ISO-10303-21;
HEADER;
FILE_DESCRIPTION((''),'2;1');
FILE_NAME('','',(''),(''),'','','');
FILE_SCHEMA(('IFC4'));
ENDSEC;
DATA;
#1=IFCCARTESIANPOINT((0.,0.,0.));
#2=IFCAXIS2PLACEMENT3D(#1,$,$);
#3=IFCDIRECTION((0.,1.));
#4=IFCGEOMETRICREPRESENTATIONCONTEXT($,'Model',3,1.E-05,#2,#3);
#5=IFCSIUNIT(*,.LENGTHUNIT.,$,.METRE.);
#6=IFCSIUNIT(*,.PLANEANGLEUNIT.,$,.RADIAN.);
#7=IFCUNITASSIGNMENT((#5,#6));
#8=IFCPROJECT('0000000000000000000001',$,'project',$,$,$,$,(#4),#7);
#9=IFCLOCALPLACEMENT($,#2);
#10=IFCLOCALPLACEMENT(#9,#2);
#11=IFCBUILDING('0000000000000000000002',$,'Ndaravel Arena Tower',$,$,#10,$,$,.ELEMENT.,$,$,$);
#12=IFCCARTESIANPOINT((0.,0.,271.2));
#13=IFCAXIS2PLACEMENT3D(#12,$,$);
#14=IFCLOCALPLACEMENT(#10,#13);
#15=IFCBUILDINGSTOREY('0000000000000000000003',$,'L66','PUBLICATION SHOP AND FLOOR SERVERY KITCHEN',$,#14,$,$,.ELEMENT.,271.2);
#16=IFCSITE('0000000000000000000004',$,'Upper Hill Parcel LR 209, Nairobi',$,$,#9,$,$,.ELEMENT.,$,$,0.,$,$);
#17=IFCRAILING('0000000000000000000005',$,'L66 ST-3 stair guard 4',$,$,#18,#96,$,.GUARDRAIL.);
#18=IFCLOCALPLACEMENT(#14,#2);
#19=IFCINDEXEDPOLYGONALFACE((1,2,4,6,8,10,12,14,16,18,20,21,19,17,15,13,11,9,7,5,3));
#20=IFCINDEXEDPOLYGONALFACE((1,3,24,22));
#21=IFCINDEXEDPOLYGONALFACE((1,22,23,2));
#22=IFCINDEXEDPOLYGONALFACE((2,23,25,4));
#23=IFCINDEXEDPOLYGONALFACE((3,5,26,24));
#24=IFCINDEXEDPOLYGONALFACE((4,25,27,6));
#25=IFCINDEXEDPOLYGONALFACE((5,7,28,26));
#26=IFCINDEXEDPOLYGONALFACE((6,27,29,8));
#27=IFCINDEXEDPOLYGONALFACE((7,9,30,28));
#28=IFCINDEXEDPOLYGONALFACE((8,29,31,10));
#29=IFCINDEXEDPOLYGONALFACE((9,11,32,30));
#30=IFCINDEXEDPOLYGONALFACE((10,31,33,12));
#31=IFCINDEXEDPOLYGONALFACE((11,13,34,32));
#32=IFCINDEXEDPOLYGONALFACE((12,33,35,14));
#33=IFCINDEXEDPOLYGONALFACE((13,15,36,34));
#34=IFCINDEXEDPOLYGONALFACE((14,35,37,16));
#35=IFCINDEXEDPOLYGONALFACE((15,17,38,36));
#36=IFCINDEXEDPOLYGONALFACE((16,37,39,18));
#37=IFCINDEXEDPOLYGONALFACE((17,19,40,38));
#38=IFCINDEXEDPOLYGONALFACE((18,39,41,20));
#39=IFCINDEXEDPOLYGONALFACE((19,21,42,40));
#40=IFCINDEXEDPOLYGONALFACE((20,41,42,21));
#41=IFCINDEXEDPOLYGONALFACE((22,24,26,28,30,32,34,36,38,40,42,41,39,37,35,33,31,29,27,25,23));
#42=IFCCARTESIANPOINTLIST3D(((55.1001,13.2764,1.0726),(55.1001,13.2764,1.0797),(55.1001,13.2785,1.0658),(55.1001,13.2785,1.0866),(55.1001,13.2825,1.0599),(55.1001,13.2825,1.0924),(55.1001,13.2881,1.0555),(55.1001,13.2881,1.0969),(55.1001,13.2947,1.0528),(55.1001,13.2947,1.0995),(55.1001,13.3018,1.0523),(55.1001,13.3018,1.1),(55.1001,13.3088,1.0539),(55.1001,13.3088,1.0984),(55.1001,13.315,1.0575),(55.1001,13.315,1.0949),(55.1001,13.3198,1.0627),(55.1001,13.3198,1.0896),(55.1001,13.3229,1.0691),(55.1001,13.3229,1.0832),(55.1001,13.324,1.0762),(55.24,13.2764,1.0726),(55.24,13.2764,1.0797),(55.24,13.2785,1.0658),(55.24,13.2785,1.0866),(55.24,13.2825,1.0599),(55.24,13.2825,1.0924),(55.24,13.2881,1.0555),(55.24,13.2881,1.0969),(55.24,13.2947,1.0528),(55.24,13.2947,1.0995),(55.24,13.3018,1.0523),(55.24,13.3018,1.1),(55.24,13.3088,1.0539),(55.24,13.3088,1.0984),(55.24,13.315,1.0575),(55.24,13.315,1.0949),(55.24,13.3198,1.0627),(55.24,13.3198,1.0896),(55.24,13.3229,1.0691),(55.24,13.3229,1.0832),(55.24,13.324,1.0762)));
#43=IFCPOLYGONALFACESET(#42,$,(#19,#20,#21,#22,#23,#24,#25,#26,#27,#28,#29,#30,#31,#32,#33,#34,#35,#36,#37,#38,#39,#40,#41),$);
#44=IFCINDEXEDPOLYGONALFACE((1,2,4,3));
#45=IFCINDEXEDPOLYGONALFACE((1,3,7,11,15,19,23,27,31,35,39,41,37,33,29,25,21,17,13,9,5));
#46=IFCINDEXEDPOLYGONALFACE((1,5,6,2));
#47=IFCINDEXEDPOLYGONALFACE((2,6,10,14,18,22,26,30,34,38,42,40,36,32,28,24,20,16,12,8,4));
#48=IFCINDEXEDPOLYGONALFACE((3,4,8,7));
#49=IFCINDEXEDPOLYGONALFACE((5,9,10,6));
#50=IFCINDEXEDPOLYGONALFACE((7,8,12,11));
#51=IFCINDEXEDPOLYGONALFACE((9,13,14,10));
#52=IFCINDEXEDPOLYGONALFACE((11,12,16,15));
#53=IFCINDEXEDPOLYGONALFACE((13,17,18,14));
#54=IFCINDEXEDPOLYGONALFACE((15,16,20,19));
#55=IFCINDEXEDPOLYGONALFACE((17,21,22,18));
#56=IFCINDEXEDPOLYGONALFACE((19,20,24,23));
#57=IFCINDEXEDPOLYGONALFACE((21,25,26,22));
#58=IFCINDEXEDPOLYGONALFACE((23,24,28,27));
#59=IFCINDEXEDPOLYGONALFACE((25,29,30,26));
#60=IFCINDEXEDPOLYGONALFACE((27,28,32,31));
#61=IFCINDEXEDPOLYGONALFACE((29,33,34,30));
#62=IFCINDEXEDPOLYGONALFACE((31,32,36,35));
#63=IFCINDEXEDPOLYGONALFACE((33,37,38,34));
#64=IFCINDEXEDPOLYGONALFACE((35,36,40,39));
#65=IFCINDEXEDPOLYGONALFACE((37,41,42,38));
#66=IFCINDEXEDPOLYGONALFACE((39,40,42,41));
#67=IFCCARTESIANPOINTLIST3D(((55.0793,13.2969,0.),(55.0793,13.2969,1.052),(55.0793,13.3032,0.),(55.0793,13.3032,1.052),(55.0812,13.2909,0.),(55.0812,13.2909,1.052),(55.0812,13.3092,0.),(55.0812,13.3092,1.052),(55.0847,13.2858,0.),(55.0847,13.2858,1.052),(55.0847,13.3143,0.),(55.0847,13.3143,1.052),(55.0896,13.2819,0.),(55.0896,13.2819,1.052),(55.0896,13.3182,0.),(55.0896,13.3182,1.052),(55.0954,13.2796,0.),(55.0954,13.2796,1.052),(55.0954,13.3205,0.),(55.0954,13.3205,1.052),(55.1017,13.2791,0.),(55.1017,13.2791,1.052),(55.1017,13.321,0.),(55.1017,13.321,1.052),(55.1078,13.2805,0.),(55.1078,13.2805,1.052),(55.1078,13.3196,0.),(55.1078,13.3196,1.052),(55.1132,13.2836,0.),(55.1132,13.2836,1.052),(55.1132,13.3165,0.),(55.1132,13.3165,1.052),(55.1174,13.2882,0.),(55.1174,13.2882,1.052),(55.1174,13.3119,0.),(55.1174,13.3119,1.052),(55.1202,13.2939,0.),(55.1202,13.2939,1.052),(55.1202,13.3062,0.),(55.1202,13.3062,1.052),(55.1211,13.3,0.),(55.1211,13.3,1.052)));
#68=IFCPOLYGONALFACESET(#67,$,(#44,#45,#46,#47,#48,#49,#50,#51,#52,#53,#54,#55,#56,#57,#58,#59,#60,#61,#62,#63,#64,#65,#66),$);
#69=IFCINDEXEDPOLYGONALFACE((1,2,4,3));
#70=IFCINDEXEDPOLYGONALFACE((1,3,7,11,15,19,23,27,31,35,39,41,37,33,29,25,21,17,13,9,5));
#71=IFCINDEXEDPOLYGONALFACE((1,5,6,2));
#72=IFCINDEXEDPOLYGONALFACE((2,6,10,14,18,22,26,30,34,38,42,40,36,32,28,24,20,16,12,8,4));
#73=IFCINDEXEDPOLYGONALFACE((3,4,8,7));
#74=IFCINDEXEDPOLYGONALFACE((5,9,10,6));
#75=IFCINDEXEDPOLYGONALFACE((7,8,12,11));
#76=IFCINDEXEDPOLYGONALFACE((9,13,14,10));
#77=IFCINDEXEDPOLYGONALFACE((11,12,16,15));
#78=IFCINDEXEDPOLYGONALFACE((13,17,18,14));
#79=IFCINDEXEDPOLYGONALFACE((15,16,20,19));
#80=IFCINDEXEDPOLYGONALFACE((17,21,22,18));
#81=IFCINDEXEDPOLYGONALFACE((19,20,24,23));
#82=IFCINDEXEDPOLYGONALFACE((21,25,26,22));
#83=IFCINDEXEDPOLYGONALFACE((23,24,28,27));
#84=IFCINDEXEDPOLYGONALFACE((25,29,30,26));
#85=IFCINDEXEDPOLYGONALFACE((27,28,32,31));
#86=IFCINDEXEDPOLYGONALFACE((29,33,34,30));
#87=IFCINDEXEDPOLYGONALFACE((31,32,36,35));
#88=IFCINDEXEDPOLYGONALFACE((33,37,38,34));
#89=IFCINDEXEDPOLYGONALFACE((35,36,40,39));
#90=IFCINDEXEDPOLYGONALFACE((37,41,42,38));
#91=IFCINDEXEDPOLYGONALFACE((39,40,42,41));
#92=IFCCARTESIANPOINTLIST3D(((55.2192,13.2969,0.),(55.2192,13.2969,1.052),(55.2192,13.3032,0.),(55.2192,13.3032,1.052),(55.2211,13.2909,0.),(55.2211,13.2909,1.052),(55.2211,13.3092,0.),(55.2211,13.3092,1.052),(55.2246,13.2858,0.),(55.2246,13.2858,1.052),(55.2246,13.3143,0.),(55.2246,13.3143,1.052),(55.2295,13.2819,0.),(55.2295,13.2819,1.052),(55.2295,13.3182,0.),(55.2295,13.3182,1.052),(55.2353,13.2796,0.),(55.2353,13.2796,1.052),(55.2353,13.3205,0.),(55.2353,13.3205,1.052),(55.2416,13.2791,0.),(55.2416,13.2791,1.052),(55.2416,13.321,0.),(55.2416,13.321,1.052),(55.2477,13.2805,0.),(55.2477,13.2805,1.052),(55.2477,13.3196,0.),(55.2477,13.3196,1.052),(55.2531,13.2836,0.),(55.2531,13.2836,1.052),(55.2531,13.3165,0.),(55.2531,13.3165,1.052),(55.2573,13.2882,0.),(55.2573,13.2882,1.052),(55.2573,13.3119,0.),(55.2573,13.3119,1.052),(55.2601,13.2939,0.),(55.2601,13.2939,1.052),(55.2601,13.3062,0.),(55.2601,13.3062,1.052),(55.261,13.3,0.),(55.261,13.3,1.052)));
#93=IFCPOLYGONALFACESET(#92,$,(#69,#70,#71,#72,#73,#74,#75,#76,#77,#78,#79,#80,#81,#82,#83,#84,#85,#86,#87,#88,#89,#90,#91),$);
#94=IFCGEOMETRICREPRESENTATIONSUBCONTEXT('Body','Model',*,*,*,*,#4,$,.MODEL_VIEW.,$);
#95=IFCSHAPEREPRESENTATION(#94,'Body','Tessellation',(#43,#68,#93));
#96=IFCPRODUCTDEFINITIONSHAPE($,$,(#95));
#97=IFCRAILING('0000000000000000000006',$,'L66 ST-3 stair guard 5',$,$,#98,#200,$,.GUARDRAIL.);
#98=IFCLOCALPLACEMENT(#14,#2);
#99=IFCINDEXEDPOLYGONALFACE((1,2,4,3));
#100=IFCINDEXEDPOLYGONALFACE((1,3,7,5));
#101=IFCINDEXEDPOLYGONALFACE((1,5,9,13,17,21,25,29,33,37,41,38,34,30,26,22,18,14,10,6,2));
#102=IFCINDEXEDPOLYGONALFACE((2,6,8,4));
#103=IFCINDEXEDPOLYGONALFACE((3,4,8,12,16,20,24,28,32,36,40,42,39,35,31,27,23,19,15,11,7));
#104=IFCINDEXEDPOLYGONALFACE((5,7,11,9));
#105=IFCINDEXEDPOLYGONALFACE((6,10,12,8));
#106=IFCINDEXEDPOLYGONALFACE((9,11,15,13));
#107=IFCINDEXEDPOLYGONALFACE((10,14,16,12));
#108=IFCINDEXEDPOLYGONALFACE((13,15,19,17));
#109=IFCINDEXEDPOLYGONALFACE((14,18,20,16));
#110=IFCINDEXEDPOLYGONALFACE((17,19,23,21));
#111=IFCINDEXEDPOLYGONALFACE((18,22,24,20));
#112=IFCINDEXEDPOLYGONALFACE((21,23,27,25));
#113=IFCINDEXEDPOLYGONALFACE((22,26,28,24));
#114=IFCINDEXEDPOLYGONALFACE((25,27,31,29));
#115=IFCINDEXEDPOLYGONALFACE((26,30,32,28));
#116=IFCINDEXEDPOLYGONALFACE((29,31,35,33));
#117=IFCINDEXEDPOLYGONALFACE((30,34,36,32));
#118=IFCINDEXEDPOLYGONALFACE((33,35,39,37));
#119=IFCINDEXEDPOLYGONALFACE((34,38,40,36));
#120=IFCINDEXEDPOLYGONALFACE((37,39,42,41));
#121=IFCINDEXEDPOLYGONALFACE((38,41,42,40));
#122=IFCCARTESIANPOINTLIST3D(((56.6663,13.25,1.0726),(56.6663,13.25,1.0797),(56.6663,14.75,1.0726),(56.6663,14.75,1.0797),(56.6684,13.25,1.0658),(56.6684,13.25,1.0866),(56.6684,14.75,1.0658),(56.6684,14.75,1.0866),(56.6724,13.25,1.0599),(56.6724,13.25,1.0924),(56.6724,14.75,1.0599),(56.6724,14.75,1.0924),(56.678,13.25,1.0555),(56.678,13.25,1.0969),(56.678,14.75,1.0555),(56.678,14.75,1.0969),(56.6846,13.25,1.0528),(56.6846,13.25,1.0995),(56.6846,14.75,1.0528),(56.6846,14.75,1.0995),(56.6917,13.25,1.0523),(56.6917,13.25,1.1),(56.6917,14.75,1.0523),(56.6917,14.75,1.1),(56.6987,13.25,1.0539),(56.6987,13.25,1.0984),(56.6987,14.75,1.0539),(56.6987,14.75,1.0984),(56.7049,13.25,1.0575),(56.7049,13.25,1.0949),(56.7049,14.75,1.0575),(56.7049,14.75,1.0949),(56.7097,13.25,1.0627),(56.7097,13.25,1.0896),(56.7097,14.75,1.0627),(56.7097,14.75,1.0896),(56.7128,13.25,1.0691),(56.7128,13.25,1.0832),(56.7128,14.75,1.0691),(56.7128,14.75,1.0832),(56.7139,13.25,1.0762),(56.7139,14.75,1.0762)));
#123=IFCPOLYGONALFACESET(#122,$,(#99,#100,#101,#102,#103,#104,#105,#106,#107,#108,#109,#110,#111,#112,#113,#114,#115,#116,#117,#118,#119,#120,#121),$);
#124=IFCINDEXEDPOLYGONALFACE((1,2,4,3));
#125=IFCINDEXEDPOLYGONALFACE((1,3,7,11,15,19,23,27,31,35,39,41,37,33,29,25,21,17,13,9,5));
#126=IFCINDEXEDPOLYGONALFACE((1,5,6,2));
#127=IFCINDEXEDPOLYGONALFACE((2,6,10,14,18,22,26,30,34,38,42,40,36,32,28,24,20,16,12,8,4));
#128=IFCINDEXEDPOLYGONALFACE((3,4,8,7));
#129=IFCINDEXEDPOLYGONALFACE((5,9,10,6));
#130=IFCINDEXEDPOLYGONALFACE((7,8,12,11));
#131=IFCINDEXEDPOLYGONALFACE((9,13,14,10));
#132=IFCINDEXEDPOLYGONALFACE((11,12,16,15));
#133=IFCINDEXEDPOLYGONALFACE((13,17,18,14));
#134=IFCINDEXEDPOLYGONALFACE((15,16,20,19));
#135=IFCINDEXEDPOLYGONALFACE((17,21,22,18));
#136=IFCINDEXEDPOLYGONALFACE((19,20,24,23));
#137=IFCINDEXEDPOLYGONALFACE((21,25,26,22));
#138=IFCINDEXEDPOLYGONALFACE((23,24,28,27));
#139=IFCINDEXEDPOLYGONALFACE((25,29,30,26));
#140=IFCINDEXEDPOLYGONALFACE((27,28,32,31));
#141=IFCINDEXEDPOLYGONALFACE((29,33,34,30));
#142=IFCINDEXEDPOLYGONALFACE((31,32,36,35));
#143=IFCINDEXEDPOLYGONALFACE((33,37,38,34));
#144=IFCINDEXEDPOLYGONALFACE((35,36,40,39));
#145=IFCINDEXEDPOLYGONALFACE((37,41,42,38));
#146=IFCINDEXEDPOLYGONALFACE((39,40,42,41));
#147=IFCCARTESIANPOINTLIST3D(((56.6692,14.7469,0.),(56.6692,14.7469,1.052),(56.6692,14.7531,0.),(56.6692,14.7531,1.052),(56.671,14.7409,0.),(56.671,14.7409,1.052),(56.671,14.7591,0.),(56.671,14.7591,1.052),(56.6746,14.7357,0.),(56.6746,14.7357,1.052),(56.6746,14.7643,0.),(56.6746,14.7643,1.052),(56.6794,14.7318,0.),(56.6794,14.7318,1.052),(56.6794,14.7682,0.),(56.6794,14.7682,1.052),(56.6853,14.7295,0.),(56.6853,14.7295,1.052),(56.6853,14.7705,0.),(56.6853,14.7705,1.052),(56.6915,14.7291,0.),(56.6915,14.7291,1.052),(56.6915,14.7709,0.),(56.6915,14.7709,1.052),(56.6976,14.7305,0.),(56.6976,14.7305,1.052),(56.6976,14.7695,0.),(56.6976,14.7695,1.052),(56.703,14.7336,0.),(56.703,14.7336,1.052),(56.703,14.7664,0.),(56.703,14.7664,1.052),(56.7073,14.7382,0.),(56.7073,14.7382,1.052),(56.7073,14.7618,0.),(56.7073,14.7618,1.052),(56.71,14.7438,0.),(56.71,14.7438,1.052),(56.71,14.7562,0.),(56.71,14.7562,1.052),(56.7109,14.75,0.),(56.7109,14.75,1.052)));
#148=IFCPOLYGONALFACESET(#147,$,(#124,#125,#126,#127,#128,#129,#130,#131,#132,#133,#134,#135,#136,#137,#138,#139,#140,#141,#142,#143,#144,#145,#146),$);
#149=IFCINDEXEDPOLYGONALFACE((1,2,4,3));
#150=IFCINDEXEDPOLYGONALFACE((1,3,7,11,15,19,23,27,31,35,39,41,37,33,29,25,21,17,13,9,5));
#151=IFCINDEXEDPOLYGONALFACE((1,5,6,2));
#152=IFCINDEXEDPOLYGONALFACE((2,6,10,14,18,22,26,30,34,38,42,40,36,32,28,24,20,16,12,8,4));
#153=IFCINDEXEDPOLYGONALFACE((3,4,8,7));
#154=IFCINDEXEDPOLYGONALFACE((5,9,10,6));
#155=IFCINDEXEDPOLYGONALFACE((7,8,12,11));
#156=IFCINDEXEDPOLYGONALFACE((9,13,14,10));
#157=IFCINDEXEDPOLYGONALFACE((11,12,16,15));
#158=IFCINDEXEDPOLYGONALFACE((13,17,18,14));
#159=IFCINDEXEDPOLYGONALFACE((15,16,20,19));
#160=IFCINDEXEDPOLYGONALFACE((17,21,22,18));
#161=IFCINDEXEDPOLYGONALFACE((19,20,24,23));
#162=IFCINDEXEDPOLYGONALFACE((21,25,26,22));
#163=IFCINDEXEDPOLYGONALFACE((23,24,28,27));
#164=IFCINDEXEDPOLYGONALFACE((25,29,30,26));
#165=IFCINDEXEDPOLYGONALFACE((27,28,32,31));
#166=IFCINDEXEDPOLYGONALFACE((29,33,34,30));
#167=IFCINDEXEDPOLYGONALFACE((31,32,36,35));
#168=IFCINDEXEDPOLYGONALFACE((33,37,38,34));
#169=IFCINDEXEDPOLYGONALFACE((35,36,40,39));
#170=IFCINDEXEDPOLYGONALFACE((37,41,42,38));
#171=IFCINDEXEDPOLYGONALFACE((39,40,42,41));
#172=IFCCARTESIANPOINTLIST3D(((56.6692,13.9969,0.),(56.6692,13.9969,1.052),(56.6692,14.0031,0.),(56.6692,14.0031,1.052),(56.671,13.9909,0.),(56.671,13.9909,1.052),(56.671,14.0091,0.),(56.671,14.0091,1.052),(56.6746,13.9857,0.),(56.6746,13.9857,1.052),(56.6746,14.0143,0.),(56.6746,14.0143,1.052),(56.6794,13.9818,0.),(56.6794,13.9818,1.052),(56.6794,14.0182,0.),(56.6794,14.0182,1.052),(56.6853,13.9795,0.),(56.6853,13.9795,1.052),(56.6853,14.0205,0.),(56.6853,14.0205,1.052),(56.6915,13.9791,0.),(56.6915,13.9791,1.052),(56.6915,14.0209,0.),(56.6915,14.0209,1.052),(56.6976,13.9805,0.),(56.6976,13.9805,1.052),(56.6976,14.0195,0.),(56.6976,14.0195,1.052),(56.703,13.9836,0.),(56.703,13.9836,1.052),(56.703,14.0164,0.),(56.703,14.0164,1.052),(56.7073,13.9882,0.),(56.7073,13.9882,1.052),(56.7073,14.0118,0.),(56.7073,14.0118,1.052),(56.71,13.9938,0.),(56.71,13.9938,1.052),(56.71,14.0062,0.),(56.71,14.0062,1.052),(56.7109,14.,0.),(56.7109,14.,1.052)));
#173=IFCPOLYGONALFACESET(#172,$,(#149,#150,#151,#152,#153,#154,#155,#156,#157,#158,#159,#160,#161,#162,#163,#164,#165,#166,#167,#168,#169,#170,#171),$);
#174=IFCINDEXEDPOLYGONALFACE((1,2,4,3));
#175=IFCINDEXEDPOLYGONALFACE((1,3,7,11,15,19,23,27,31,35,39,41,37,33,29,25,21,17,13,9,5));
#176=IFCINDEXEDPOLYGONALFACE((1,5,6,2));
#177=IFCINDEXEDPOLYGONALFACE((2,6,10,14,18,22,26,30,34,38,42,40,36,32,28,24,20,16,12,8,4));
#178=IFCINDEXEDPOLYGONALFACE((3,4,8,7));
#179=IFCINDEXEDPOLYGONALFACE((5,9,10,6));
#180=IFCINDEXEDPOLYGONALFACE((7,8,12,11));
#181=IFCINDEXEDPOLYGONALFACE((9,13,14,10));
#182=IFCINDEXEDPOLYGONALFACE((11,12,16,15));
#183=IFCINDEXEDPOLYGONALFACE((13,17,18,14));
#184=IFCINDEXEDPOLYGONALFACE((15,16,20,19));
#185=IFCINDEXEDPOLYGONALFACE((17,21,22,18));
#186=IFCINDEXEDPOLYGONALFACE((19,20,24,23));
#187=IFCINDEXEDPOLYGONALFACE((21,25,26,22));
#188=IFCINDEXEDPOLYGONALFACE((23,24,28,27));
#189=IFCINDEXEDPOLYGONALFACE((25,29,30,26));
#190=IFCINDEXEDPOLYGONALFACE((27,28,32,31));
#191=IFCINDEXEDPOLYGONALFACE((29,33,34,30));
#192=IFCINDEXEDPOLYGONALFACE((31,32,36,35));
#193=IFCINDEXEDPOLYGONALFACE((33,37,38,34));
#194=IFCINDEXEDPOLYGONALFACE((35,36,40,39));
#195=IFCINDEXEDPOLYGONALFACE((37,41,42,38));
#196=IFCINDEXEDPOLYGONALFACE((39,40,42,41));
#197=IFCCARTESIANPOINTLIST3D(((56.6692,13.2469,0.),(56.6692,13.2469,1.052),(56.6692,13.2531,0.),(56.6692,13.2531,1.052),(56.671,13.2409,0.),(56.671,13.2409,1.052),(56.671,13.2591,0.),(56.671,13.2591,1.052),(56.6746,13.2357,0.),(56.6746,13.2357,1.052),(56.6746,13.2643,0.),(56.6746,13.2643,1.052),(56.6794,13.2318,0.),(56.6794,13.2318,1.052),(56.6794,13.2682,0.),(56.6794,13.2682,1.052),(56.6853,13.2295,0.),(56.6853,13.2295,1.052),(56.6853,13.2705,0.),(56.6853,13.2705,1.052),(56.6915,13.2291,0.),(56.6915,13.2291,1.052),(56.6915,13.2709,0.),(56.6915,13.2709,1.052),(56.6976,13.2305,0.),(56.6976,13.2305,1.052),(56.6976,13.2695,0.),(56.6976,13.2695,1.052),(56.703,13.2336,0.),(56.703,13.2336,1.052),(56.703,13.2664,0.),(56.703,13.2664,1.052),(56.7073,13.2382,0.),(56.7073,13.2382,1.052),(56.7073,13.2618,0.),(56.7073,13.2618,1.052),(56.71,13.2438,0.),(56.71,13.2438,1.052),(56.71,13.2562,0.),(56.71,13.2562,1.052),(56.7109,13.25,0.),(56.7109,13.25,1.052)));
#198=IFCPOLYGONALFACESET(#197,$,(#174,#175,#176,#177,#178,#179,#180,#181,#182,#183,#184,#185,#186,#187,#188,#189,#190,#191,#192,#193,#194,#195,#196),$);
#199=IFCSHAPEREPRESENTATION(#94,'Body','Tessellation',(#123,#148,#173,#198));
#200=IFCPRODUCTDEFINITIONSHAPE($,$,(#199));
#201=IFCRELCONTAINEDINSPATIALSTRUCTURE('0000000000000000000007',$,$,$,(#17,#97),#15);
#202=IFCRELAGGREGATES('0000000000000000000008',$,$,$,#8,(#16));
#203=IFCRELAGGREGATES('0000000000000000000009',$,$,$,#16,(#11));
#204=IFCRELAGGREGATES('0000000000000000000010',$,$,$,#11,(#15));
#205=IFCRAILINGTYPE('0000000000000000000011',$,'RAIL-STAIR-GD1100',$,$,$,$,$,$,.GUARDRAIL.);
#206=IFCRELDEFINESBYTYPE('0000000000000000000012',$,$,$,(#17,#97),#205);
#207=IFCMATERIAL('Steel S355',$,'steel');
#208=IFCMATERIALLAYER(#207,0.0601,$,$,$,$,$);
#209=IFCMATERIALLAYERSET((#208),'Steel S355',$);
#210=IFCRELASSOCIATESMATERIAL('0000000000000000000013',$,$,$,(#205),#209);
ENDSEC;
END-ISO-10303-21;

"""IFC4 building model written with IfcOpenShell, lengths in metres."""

from ifc_helpers import new_model, si_unit, direction, frame, origin, origin_2d, place, context, subcontext, project, spatial, circle, extrude, material, layer, layer_set, type_object, element, save


model = new_model("IFC4")

# Units and contexts
model_context = context("Model", 3, precision=1e-05, world=origin(), true_north=direction((0.0, 1.0)))
body_context = subcontext(model_context, "Body", "Model", "MODEL_VIEW")
ifc_project = project(units=[si_unit("LENGTHUNIT", "METRE"), si_unit("PLANEANGLEUNIT", "RADIAN")], contexts=[model_context])

# Site, building, storey
site_placement = place(None, origin())
site = spatial("IfcSite", under=ifc_project, at=site_placement, Name="Upper Hill Parcel LR 209, Nairobi", CompositionType="ELEMENT", RefElevation=0.0)
building_placement = place(site_placement, origin())
building = spatial("IfcBuilding", under=site, at=building_placement, Name="Ndaravel Arena Tower", CompositionType="ELEMENT")
storey_placement = place(building_placement, frame((0.0, 0.0, 271.2)))
storey = spatial("IfcBuildingStorey", under=building, at=storey_placement, Name="L66", Description="PUBLICATION SHOP AND FLOOR SERVERY KITCHEN", CompositionType="ELEMENT", Elevation=271.2)

# Railings
ifc_material_1 = material(Name="Steel S355", Category="steel")
ifc_layer_1 = layer(ifc_material_1, 0.0601)
ifc_layer_set_1 = layer_set([ifc_layer_1], Name="Steel S355")
railing_type_1 = type_object("IfcRailingType", Name="RAIL-STAIR-GD1100", PredefinedType="GUARDRAIL", material=ifc_layer_set_1)
railing_1_placement = place(storey_placement, frame((55.1001, 13.3, 0.0)))
element("IfcRailing", 1, at=railing_1_placement, inside=storey, type_object=railing_type_1, Name="L66 ST-3 stair guard 4", PredefinedType="GUARDRAIL", context=body_context, shape_type="SweptSolid", body=[
    extrude(circle(Radius=0.0239, at=origin_2d()), frame((0.0, 0.0, 1.0762), z_axis=(1.0, 0.0, 0.0), x_axis=(0.0, 1.0, 0.0)), (0.0, 0.0, 1.0), 0.1399),
    extrude(circle(Radius=0.021, at=origin_2d()), origin(), (0.0, 0.0, 1.0), 1.052),
    extrude(circle(Radius=0.021, at=origin_2d()), frame((0.1399, 0.0, 0.0)), (0.0, 0.0, 1.0), 1.052),
])
railing_2_placement = place(storey_placement, frame((56.6899, 14.75, 0.0)))
element("IfcRailing", 2, at=railing_2_placement, inside=storey, type_object=railing_type_1, Name="L66 ST-3 stair guard 5", PredefinedType="GUARDRAIL", context=body_context, shape_type="SweptSolid", body=[
    extrude(circle(Radius=0.0239, at=origin_2d()), frame((0.0, 0.0, 1.0762), z_axis=(0.0, -1.0, 0.0), x_axis=(1.0, 0.0, 0.0)), (0.0, 0.0, 1.0), 1.5),
    extrude(circle(Radius=0.021, at=origin_2d()), origin(), (0.0, 0.0, 1.0), 1.052),
    extrude(circle(Radius=0.021, at=origin_2d()), frame((0.0, -0.75, 0.0)), (0.0, 0.0, 1.0), 1.052),
    extrude(circle(Radius=0.021, at=origin_2d()), frame((0.0, -1.5, 0.0)), (0.0, 0.0, 1.0), 1.052),
])

save(model, "model.ifc")
